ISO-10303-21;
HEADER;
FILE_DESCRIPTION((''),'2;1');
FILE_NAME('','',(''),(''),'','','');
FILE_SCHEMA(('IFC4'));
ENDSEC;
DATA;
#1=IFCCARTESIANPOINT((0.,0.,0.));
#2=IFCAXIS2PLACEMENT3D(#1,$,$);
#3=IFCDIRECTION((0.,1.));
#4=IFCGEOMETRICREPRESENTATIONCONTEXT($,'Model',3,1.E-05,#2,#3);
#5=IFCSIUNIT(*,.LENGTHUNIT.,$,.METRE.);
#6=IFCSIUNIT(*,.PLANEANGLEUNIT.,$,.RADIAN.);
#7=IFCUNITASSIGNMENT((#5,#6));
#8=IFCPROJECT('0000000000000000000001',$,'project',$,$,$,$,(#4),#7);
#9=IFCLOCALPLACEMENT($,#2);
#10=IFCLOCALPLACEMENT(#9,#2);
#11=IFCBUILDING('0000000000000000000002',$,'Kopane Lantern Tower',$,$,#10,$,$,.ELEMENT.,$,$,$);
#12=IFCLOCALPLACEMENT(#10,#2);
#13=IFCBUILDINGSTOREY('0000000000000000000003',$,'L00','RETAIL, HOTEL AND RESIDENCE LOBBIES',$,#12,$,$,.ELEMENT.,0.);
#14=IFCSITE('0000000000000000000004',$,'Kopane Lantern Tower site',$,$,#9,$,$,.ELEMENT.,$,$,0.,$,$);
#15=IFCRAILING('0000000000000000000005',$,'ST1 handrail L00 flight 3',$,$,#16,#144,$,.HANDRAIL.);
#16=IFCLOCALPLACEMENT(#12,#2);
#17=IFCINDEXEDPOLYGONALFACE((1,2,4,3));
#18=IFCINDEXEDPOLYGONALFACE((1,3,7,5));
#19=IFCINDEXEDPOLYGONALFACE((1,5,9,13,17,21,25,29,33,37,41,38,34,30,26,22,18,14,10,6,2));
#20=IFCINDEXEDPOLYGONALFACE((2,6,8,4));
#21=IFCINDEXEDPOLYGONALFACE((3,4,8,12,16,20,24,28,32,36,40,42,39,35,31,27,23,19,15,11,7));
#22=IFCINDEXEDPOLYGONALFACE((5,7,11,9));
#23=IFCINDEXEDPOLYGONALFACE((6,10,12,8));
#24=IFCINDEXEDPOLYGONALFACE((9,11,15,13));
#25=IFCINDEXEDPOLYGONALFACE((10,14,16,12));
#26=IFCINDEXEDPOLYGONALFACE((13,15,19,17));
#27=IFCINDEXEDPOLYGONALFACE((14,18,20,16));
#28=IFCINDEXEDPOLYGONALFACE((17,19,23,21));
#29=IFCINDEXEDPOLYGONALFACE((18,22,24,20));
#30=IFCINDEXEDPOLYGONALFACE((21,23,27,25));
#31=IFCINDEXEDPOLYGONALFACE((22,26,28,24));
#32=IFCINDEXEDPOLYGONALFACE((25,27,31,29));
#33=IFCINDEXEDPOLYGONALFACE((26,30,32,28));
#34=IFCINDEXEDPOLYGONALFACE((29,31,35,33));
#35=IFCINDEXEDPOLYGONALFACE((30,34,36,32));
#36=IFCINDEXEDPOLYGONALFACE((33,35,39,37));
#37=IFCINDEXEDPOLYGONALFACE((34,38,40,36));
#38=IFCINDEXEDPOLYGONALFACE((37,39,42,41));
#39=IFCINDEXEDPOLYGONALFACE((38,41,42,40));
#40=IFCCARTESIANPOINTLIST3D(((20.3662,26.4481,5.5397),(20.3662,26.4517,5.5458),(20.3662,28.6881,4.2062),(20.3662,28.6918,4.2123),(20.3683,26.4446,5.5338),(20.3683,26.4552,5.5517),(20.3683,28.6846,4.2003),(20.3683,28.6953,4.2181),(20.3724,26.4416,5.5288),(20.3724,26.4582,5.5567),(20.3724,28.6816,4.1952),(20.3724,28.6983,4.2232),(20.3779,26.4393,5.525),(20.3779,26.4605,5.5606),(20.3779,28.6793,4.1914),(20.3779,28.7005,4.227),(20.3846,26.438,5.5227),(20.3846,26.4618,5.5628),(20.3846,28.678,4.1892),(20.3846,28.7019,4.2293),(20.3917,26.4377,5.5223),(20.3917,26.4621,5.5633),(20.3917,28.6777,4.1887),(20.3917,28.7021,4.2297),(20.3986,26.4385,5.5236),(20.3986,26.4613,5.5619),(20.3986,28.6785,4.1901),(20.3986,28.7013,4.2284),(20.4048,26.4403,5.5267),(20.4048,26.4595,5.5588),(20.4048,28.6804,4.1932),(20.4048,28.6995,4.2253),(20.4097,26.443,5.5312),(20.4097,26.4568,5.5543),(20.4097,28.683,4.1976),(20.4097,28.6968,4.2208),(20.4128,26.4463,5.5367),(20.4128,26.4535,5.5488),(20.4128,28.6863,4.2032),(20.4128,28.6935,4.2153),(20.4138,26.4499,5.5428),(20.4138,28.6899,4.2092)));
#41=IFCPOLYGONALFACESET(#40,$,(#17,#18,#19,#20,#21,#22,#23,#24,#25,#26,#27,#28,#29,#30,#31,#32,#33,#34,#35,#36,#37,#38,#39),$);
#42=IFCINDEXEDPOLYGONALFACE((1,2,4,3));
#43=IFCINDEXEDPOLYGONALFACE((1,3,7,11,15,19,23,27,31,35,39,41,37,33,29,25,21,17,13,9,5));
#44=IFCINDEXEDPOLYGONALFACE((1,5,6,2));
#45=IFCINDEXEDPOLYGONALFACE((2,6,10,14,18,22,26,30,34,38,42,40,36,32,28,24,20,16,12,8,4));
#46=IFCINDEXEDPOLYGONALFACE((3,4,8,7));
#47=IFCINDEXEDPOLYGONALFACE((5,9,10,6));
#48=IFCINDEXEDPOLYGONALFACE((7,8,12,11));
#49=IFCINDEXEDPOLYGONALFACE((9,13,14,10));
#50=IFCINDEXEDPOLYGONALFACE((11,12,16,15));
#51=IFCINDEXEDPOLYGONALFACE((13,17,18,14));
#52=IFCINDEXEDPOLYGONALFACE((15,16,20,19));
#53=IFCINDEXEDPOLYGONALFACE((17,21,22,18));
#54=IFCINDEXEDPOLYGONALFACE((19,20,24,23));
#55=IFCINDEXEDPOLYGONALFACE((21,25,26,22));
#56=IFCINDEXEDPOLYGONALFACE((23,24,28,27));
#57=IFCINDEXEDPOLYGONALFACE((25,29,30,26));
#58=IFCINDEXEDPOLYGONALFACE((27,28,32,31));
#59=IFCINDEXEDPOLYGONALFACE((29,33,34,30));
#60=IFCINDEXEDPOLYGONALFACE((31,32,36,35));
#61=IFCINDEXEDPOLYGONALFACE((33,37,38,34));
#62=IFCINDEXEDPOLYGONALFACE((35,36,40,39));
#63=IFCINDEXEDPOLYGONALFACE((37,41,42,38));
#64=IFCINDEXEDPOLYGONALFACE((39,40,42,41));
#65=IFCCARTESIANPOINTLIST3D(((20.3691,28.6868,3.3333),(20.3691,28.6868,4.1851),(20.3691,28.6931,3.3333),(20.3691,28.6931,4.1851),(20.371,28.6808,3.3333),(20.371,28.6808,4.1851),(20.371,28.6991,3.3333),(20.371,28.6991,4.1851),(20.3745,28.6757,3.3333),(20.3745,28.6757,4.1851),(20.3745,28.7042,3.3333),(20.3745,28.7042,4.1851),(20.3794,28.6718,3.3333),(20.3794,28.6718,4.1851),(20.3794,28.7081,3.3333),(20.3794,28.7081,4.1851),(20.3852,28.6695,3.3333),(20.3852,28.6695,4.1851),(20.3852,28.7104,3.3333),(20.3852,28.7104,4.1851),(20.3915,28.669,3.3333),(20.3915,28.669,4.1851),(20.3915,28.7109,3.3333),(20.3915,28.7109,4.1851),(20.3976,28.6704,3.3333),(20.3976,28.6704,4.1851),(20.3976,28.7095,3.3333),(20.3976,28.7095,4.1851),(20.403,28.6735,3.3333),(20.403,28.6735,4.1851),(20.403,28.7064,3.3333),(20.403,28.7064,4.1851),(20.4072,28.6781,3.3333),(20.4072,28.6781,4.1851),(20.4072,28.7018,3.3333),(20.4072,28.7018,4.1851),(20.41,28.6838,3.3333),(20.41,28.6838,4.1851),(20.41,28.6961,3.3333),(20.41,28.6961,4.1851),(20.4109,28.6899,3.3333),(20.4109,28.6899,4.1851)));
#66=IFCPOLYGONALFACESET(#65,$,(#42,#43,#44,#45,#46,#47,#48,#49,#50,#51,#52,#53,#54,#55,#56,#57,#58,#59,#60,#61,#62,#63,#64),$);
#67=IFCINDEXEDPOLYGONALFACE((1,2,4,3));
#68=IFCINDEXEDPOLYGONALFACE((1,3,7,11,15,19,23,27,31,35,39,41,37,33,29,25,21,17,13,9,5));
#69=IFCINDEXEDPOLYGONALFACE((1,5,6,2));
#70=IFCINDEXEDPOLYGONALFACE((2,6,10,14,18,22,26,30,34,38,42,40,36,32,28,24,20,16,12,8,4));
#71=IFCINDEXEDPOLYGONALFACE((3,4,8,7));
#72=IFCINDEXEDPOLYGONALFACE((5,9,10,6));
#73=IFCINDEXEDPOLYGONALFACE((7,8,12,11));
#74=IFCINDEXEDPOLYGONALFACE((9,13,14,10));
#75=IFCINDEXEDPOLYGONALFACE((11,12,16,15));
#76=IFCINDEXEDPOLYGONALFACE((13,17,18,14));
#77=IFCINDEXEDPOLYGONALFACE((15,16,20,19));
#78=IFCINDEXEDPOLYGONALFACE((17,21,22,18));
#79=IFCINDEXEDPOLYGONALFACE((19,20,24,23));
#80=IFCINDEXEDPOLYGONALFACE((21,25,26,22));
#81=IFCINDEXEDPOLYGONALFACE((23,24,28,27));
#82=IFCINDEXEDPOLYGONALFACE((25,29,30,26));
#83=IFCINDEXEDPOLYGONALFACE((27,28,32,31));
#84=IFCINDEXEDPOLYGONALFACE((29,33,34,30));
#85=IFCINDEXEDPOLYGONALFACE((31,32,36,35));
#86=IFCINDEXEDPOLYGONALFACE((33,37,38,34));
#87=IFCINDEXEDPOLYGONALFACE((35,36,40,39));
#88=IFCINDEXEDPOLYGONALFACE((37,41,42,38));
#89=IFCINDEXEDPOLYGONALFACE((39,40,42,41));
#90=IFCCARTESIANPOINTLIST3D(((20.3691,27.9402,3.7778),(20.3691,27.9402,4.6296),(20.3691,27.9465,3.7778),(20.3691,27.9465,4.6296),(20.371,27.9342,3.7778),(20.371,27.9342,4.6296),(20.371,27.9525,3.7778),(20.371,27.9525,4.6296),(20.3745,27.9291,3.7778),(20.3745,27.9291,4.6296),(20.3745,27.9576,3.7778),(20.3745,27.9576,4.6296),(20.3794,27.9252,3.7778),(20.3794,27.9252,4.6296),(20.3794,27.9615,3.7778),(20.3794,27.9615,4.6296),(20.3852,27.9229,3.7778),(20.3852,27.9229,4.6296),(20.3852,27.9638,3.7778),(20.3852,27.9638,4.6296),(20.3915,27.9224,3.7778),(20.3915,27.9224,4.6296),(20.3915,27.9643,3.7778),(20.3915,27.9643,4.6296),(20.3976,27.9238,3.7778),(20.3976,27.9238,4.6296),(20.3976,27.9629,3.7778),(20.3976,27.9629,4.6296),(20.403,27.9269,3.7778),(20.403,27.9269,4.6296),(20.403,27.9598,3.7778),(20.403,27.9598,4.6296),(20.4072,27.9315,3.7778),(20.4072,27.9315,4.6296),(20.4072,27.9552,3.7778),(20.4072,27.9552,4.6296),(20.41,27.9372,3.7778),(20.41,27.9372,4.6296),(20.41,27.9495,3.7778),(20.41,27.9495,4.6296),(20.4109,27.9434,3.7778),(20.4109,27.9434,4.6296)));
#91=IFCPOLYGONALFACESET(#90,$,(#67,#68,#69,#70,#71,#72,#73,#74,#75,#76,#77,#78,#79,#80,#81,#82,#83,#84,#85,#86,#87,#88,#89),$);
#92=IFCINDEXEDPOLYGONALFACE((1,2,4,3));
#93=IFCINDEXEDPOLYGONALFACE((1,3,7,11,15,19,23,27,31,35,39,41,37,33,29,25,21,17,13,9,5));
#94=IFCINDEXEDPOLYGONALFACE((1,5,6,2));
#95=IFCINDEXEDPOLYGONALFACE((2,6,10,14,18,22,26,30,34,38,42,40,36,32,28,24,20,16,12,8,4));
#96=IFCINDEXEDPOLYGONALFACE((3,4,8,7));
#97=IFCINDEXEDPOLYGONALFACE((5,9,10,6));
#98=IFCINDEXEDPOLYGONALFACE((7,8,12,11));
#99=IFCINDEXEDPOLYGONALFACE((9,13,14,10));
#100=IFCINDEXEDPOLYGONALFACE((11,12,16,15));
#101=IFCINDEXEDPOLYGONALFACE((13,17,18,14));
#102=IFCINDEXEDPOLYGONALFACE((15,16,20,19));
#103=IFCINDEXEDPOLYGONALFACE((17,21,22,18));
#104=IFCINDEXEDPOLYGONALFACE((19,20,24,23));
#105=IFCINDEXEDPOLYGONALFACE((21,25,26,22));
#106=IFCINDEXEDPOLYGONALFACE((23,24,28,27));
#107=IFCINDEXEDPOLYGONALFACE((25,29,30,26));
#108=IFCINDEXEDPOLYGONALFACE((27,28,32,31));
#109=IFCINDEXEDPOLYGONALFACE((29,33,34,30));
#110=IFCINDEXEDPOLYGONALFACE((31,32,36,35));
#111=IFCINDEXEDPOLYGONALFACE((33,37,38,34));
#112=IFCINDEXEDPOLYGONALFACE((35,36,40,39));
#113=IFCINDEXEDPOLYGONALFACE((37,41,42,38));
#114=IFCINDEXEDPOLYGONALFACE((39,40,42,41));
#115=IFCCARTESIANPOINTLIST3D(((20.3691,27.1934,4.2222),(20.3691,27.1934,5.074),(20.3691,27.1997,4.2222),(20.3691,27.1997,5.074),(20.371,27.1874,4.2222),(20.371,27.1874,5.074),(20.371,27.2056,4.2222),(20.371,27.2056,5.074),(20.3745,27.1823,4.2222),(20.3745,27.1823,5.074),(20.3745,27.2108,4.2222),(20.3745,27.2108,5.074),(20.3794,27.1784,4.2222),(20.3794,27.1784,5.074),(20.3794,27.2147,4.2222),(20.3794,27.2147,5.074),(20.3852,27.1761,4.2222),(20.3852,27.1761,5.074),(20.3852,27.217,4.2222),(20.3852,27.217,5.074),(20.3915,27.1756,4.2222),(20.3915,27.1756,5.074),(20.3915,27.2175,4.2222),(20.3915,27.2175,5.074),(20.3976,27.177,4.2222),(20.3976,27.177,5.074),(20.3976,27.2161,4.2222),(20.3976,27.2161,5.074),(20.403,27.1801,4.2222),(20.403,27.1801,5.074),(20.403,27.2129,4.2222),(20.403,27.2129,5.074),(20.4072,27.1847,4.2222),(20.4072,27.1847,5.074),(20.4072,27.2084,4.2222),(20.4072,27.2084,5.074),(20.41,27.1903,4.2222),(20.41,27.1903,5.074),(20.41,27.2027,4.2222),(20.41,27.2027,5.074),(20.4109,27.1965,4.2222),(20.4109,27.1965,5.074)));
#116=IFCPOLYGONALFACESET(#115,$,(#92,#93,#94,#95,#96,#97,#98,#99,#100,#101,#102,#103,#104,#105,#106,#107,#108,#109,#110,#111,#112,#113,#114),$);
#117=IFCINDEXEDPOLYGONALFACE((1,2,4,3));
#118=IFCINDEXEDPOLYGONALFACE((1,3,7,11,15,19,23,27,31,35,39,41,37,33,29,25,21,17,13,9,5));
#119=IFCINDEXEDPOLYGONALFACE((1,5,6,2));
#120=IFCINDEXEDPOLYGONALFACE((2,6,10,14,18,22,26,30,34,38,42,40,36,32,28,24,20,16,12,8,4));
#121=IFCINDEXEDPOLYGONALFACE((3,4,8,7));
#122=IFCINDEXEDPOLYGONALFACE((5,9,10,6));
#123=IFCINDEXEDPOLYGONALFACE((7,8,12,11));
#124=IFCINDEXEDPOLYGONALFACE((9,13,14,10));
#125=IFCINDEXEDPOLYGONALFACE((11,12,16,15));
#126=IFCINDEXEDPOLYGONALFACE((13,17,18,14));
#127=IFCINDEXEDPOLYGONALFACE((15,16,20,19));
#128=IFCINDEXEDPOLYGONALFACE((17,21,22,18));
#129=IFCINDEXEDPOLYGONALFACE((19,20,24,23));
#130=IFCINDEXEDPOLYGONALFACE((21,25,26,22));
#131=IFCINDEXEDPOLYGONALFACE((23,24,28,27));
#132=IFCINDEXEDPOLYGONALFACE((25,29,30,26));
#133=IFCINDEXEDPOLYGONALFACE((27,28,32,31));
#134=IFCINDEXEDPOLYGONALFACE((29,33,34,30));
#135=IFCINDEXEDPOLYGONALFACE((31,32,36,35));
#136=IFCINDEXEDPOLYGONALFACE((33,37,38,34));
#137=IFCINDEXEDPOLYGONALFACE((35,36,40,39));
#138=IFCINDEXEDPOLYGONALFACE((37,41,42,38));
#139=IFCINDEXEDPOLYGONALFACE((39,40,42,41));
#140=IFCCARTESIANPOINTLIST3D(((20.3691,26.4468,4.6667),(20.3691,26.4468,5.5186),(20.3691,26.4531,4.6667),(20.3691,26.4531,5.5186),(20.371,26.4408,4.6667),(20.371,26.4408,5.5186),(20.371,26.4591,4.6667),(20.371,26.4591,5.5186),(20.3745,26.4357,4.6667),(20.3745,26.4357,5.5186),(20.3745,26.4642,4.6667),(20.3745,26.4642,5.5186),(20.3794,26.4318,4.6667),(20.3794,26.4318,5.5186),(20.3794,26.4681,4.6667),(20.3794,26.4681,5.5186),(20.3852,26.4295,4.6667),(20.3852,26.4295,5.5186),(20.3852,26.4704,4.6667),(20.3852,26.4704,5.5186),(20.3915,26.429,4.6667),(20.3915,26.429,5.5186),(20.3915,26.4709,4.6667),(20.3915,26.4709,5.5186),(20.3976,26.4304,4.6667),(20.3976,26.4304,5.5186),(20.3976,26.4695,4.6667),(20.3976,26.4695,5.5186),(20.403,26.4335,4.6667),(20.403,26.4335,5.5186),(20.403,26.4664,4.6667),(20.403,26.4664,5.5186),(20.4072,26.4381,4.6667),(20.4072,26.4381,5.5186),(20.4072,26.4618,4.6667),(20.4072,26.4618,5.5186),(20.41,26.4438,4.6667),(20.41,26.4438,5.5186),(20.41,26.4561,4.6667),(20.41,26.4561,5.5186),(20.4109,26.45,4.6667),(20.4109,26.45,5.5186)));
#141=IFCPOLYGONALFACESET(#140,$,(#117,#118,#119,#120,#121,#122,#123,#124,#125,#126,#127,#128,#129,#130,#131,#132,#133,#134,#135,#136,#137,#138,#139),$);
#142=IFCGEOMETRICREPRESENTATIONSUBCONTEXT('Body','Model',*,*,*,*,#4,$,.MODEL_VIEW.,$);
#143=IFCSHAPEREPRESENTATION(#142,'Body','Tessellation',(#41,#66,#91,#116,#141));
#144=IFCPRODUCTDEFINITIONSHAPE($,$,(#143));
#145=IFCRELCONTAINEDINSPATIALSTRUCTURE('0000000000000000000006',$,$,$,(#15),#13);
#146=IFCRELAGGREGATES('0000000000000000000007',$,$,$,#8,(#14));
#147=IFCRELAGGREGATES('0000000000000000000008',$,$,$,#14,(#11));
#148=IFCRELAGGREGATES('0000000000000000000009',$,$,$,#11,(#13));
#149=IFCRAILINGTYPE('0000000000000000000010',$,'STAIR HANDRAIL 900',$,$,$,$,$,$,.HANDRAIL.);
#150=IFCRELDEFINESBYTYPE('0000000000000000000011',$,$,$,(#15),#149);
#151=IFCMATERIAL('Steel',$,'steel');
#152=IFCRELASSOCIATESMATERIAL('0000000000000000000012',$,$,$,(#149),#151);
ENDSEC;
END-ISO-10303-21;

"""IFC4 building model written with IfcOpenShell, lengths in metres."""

from ifc_helpers import new_model, si_unit, direction, frame, origin, origin_2d, place, context, subcontext, project, spatial, circle, extrude, material, type_object, element, save


model = new_model("IFC4")

# Units and contexts
model_context = context("Model", 3, precision=1e-05, world=origin(), true_north=direction((0.0, 1.0)))
body_context = subcontext(model_context, "Body", "Model", "MODEL_VIEW")
ifc_project = project(units=[si_unit("LENGTHUNIT", "METRE"), si_unit("PLANEANGLEUNIT", "RADIAN")], contexts=[model_context])

# Site, building, storey
site_placement = place(None, origin())
site = spatial("IfcSite", under=ifc_project, at=site_placement, Name="Kopane Lantern Tower site", CompositionType="ELEMENT", RefElevation=0.0)
building_placement = place(site_placement, origin())
building = spatial("IfcBuilding", under=site, at=building_placement, Name="Kopane Lantern Tower", CompositionType="ELEMENT")
storey_placement = place(building_placement, origin())
storey = spatial("IfcBuildingStorey", under=building, at=storey_placement, Name="L00", Description="RETAIL, HOTEL AND RESIDENCE LOBBIES", CompositionType="ELEMENT", Elevation=0.0)

# Railing
ifc_material_1 = material(Name="Steel", Category="steel")
railing_type_1 = type_object("IfcRailingType", Name="STAIR HANDRAIL 900", PredefinedType="HANDRAIL", material=ifc_material_1)
for number, where, name in (
    (1, (20.3899, 28.6899, 3.3333), "ST1 handrail L00 flight 3"),
):
    element("IfcRailing", number, at=place(storey_placement, frame(where)), inside=storey, type_object=railing_type_1, Name=name, PredefinedType="HANDRAIL", context=body_context, shape_type="SweptSolid", body=[
        extrude(circle(Radius=0.0239, at=origin_2d()), frame((0.0, 0.0, 0.876), z_axis=(0.0, -0.859264, 0.511532), x_axis=(1.0, 0.0, 0.0)), (0.0, 0.0, 1.0), 2.6069),
        extrude(circle(Radius=0.021, at=origin_2d()), origin(), (0.0, 0.0, 1.0), 0.8518),
        extrude(circle(Radius=0.021, at=origin_2d()), frame((0.0, -0.7466, 0.4446)), (0.0, 0.0, 1.0), 0.8518),
        extrude(circle(Radius=0.021, at=origin_2d()), frame((0.0, -1.4934, 0.8889)), (0.0, 0.0, 1.0), 0.8518),
        extrude(circle(Radius=0.021, at=origin_2d()), frame((0.0, -2.24, 1.3335)), (0.0, 0.0, 1.0), 0.8518),
    ])

save(model, "model.ifc")
